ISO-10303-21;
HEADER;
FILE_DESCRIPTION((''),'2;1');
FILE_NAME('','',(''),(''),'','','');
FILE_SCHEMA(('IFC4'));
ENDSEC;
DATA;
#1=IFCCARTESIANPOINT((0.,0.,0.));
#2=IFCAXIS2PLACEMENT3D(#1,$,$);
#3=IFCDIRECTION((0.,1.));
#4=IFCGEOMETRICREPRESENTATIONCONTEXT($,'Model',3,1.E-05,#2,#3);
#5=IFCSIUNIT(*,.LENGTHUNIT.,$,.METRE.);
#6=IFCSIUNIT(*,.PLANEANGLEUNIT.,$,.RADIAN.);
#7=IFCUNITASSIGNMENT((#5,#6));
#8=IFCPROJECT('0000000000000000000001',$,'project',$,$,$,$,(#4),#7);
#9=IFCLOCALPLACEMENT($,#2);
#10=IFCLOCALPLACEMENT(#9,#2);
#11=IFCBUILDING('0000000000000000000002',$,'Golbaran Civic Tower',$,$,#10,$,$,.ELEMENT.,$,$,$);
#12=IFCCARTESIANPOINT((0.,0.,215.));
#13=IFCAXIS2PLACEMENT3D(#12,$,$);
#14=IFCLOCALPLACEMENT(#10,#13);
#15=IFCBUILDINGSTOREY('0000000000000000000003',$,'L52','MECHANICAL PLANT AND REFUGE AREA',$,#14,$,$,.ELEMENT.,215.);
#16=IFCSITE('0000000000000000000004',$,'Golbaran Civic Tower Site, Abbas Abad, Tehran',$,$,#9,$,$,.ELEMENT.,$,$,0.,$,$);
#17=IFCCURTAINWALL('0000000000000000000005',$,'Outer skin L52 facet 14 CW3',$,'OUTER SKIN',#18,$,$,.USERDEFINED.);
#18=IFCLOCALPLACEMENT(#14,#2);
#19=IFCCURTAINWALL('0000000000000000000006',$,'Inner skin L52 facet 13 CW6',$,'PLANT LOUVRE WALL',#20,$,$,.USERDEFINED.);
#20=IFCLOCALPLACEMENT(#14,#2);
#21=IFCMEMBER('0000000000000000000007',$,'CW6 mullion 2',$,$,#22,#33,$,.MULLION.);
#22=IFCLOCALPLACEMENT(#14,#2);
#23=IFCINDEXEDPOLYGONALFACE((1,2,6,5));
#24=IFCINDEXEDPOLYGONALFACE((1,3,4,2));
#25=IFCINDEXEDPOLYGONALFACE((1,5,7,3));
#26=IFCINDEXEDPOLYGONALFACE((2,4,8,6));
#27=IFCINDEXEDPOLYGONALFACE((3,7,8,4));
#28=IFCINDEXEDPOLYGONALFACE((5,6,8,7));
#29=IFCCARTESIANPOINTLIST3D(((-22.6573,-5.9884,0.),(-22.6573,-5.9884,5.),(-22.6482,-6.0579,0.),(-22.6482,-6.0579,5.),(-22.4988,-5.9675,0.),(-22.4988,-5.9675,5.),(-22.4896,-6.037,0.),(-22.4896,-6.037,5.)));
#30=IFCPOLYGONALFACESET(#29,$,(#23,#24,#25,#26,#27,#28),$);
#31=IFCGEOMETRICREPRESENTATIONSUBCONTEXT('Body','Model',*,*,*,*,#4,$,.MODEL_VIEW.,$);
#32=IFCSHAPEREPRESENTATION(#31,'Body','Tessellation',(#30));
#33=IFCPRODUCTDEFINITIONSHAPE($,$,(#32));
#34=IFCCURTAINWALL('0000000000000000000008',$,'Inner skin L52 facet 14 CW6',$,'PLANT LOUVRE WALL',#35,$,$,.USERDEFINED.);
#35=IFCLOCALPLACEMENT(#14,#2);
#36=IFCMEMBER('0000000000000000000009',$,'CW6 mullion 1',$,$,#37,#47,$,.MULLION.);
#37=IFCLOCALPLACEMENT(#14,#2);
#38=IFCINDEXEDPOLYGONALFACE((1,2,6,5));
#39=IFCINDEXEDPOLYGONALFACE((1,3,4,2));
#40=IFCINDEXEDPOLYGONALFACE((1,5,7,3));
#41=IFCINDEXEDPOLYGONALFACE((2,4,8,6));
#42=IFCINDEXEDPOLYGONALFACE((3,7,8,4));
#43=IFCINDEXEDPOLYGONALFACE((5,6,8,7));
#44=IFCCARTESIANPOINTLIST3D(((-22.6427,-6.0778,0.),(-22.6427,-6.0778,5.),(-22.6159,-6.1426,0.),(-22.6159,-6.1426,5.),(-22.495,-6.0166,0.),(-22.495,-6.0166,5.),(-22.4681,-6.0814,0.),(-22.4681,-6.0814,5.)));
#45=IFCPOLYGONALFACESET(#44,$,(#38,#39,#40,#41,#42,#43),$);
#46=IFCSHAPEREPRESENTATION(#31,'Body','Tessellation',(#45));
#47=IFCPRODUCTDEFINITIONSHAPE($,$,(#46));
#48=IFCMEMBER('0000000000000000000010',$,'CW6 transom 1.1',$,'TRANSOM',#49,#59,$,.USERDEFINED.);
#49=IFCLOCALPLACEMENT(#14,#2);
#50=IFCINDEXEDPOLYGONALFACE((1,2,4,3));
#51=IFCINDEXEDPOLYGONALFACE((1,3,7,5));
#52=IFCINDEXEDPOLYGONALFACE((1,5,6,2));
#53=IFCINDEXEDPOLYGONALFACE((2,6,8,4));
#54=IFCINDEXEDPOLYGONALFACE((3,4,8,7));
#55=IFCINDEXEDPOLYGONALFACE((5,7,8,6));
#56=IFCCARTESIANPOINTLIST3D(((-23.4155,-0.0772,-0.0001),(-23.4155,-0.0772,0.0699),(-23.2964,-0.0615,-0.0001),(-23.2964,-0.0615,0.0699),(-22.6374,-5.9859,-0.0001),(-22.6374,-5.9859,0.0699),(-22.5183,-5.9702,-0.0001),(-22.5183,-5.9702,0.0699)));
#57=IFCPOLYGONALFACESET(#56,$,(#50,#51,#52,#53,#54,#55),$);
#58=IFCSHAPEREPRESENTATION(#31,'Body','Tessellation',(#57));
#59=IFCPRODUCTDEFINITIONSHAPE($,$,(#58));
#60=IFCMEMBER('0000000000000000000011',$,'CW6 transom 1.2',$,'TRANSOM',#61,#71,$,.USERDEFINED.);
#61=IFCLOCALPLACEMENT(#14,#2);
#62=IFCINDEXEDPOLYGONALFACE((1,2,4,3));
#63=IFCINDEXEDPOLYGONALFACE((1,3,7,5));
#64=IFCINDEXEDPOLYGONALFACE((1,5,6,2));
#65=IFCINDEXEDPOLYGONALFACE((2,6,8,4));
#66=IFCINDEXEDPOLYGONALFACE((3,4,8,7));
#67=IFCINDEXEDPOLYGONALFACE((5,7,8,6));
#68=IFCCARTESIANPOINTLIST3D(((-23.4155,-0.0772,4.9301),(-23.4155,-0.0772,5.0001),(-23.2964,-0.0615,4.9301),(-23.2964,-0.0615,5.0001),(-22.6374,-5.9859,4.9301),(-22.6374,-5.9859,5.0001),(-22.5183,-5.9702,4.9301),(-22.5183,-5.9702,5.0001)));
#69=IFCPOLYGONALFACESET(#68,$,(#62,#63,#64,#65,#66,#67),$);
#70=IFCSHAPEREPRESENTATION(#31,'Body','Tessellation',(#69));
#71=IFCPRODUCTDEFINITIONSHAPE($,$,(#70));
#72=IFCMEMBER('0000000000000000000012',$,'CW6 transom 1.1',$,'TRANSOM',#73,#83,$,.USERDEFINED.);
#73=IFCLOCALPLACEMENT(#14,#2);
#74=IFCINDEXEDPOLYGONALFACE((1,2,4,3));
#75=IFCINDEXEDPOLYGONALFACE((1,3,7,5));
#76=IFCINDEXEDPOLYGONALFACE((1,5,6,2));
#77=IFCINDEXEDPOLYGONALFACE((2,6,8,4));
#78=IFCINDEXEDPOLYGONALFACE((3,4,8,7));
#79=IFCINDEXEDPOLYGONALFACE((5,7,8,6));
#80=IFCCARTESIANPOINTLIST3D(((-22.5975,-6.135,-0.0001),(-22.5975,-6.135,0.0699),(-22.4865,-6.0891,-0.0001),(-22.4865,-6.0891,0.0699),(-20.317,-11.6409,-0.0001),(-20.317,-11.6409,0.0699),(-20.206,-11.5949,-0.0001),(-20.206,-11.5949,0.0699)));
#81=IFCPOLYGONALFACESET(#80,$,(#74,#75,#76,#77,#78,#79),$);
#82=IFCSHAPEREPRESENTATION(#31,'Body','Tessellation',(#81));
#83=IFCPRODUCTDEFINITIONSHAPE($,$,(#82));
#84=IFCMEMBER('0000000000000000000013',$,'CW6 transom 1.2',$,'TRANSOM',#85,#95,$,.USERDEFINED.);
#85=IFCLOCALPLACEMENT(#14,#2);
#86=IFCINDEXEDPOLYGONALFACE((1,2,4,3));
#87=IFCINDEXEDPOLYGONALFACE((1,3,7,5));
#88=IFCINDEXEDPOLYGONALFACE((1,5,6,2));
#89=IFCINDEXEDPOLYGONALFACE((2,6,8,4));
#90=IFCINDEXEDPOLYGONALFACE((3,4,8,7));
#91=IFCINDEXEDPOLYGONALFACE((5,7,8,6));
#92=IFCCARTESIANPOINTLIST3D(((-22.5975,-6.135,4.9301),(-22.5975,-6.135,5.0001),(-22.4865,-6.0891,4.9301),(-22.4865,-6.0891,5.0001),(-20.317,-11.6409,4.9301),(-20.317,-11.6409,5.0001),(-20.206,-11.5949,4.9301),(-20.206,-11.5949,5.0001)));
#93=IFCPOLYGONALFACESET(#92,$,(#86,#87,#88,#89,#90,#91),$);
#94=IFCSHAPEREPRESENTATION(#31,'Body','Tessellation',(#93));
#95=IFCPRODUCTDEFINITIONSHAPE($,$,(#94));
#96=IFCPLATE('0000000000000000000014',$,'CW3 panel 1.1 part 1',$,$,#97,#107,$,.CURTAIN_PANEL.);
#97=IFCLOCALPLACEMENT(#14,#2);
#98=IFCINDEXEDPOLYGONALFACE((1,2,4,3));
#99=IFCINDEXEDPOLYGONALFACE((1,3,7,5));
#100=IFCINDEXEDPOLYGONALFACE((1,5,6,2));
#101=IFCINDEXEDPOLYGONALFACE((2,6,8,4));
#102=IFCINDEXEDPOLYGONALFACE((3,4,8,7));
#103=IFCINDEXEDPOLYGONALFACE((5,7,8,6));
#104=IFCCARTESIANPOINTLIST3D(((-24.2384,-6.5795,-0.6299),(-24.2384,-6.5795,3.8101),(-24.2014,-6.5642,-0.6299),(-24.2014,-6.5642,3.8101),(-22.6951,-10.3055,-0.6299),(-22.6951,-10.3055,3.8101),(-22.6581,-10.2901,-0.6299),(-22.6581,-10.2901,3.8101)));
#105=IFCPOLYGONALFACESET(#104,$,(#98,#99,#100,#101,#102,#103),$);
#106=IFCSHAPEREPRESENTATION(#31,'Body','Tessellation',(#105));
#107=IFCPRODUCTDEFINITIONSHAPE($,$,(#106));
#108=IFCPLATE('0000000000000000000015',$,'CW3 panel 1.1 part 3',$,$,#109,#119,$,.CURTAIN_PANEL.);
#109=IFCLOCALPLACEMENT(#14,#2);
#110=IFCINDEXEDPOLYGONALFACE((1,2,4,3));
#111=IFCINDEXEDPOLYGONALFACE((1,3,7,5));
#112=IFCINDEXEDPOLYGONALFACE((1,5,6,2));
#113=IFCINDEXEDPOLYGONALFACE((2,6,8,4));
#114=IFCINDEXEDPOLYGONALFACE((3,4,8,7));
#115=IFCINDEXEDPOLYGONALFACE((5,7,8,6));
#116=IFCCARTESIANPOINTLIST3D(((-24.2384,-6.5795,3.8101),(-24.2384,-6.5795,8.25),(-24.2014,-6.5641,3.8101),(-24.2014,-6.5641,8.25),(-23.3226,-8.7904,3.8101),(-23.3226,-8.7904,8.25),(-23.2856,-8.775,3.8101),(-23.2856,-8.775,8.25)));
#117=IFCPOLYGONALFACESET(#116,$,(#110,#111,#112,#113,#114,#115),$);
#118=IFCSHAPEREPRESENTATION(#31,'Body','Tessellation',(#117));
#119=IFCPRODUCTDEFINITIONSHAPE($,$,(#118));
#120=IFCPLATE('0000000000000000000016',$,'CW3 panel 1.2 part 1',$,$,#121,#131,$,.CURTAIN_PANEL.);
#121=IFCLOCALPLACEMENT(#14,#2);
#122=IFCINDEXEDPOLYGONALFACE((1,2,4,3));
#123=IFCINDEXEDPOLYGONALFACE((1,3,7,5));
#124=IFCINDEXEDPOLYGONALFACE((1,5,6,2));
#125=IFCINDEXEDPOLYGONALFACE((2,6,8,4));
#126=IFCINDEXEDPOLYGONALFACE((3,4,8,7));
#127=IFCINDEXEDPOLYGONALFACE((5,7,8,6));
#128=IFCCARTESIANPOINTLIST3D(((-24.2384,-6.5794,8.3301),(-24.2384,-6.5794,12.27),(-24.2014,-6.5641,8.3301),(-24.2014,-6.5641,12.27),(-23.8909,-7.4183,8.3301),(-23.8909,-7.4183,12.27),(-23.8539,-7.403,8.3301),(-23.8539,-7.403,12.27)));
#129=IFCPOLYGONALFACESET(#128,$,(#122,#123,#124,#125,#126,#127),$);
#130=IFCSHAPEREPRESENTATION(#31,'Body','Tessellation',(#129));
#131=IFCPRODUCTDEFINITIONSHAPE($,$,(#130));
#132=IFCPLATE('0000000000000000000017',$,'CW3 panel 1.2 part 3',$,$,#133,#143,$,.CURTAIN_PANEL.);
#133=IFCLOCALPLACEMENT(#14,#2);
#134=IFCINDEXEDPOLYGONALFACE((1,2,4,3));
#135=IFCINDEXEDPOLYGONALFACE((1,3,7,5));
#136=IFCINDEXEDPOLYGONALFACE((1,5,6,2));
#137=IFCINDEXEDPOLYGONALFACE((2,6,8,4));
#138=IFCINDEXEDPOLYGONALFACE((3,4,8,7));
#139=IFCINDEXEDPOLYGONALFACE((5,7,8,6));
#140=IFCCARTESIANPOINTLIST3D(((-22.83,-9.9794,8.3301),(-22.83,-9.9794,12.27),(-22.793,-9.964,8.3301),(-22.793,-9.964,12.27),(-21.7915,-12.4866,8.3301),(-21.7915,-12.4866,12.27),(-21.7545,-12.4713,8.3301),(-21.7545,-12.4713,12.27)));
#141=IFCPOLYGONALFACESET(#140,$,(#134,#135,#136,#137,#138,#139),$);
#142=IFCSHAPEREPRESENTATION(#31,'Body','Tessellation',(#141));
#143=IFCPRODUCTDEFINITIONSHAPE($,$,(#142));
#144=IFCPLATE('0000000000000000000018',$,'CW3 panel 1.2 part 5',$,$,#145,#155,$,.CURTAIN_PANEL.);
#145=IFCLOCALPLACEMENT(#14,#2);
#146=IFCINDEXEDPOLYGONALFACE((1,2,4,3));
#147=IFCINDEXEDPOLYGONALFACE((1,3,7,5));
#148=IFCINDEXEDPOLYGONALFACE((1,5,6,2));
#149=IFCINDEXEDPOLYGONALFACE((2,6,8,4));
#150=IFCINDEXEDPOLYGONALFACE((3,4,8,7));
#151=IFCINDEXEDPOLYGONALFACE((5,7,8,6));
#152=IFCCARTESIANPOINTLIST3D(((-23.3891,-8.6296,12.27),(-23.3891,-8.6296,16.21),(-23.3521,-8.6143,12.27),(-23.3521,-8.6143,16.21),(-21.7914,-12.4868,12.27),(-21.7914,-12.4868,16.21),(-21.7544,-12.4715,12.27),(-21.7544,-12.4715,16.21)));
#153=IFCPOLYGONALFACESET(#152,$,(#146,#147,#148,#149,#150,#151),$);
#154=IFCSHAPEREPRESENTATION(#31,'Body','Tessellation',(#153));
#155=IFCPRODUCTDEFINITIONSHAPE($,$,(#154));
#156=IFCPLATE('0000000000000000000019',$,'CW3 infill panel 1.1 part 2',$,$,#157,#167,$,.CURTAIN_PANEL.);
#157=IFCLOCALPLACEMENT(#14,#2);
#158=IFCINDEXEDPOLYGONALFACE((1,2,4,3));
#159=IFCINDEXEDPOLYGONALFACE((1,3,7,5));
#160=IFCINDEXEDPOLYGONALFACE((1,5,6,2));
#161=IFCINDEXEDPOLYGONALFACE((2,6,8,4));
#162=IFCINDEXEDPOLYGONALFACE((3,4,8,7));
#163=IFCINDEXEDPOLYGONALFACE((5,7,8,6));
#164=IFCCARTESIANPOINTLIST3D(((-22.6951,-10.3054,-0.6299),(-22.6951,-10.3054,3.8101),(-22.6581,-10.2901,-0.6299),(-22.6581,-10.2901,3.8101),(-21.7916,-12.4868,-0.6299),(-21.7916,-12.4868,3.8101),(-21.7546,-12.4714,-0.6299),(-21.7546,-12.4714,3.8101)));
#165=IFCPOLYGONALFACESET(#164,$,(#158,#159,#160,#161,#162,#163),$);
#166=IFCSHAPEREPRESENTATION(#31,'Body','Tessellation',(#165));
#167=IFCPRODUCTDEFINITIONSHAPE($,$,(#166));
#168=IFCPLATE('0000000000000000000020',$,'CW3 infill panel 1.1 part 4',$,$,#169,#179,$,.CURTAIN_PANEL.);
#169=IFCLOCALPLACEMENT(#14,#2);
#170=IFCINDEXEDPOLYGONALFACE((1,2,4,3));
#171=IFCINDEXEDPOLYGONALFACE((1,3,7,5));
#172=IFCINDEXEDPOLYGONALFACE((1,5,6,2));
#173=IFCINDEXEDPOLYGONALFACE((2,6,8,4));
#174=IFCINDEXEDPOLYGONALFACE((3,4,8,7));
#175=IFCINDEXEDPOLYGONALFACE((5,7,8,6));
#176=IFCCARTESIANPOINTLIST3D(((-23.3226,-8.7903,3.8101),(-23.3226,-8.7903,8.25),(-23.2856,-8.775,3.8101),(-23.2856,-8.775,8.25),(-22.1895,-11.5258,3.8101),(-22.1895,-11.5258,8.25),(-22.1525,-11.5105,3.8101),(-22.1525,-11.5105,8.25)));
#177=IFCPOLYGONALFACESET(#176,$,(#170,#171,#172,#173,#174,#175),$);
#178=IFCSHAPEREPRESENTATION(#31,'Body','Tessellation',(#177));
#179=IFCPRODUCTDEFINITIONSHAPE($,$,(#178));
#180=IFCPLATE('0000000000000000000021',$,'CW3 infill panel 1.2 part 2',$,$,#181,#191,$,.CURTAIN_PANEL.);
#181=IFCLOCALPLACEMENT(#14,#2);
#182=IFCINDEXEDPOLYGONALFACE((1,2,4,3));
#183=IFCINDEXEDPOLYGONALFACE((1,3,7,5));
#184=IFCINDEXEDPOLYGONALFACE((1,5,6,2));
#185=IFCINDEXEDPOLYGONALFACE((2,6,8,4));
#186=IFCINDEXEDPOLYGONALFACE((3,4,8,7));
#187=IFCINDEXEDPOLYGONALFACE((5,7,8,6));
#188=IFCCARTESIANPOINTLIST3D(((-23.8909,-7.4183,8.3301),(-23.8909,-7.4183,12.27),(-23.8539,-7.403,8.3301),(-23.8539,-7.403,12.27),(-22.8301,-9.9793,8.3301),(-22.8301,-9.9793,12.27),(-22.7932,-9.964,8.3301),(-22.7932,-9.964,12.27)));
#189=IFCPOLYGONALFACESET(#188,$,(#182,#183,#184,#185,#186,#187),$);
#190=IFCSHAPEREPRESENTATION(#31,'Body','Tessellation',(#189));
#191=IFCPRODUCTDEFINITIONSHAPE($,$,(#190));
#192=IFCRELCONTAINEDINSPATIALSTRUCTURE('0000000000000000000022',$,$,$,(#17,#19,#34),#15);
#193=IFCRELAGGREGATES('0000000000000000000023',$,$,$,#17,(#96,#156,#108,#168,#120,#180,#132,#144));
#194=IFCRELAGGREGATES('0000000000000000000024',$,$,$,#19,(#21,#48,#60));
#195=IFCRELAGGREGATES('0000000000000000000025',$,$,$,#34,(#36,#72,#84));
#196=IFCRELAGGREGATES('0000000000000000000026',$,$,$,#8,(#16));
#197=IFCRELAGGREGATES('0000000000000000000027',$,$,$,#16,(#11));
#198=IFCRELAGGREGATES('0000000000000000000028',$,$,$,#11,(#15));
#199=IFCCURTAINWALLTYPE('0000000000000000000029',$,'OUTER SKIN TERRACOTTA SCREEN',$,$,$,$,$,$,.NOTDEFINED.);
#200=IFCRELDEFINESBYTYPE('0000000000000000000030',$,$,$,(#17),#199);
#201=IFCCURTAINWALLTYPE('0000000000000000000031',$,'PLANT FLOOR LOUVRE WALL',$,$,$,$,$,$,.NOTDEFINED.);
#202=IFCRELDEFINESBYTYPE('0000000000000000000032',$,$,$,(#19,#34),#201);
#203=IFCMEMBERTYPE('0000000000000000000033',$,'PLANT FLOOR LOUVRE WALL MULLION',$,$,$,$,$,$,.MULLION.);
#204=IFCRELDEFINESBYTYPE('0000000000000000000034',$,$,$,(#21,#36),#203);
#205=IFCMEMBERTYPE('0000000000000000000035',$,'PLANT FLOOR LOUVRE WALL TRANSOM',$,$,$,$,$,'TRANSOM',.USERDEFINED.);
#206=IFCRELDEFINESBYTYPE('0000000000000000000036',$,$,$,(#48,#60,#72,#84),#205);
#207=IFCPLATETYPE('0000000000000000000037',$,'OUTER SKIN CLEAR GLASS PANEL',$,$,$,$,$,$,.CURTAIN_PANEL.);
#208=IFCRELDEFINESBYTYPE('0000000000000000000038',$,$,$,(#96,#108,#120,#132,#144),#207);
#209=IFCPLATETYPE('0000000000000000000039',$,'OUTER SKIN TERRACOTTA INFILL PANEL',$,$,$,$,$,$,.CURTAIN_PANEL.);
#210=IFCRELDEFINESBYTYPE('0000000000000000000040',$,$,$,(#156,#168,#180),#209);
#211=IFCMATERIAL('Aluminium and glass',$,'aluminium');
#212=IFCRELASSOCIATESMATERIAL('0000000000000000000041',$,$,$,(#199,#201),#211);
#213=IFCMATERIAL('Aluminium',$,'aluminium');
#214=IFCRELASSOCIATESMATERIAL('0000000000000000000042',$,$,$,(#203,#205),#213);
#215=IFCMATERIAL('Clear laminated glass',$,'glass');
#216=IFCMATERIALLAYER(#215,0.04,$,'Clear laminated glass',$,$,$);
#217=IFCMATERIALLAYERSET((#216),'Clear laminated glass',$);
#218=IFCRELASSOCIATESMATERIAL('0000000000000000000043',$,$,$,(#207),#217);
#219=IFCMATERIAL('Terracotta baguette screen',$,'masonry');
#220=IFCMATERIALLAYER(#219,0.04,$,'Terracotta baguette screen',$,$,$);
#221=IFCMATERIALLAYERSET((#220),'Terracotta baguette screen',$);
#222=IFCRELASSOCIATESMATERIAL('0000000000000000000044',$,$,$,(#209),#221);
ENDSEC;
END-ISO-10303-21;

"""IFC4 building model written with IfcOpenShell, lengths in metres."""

from ifc_helpers import new_model, si_unit, direction, frame, origin, origin_2d, place, context, subcontext, project, spatial, rectangle, extrude, material, layer, layer_set, material_profile, profile_set, type_object, element, aggregate, save


model = new_model("IFC4")

# Units and contexts
model_context = context("Model", 3, precision=1e-05, world=origin(), true_north=direction((0.0, 1.0)))
body_context = subcontext(model_context, "Body", "Model", "MODEL_VIEW")
ifc_project = project(units=[si_unit("LENGTHUNIT", "METRE"), si_unit("PLANEANGLEUNIT", "RADIAN")], contexts=[model_context])

# Site, building, storey
site_placement = place(None, origin())
site = spatial("IfcSite", under=ifc_project, at=site_placement, Name="Golbaran Civic Tower Site, Abbas Abad, Tehran", CompositionType="ELEMENT", RefElevation=0.0)
building_placement = place(site_placement, origin())
building = spatial("IfcBuilding", under=site, at=building_placement, Name="Golbaran Civic Tower", CompositionType="ELEMENT")
storey_placement = place(building_placement, frame((0.0, 0.0, 215.0)))
storey = spatial("IfcBuildingStorey", under=building, at=storey_placement, Name="L52", Description="MECHANICAL PLANT AND REFUGE AREA", CompositionType="ELEMENT", Elevation=215.0)

# Shared definitions
ifc_material_1 = material(Name="Aluminium and glass", Category="aluminium")
curtain_wall_type_1 = type_object("IfcCurtainWallType", Name="OUTER SKIN TERRACOTTA SCREEN", PredefinedType="NOTDEFINED", material=ifc_material_1)
ifc_material_2 = material(Name="Aluminium", Category="aluminium")

# Curtain wall
curtain_wall_1_placement = place(storey_placement, origin())
curtain_wall_1 = element("IfcCurtainWall", 1, at=curtain_wall_1_placement, inside=storey, type_object=curtain_wall_type_1, Name="Outer skin L52 facet 14 CW3", ObjectType="OUTER SKIN", PredefinedType="USERDEFINED")

# Curtain wall, member
curtain_wall_type_2 = type_object("IfcCurtainWallType", Name="PLANT FLOOR LOUVRE WALL", PredefinedType="NOTDEFINED", material=ifc_material_1)
curtain_wall_2_placement = place(storey_placement, origin())
curtain_wall_2 = element("IfcCurtainWall", 2, at=curtain_wall_2_placement, inside=storey, type_object=curtain_wall_type_2, Name="Inner skin L52 facet 13 CW6", ObjectType="PLANT LOUVRE WALL", PredefinedType="USERDEFINED")
ifc_material_profile_1 = material_profile(ifc_material_2, rectangle(XDim=0.1599, YDim=0.0701, at=origin_2d()), Name="PLANT FLOOR LOUVRE WALL MULLION")
ifc_profile_set_1 = profile_set([ifc_material_profile_1], Name="Aluminium")
member_type_1 = type_object("IfcMemberType", Name="PLANT FLOOR LOUVRE WALL MULLION", PredefinedType="MULLION", material=ifc_profile_set_1)
member_1_placement = place(storey_placement, frame((-22.5735, -6.0127, 0.0), z_axis=(0.0, 0.0, 1.0), x_axis=(0.991445, 0.130526, 0.0)))
member_1 = element("IfcMember", 3, at=member_1_placement, type_object=member_type_1, Name="CW6 mullion 2", PredefinedType="MULLION", context=body_context, shape_type="SweptSolid", body=[
    extrude(rectangle(XDim=0.1599, YDim=0.0701, at=origin_2d()), origin(), (0.0, 0.0, 1.0), 5.0),
])

# Curtain wall, member
curtain_wall_3_placement = place(storey_placement, origin())
curtain_wall_3 = element("IfcCurtainWall", 4, at=curtain_wall_3_placement, inside=storey, type_object=curtain_wall_type_2, Name="Inner skin L52 facet 14 CW6", ObjectType="PLANT LOUVRE WALL", PredefinedType="USERDEFINED")
member_2_placement = place(storey_placement, frame((-22.5554, -6.0796, 0.0), z_axis=(0.0, 0.0, 1.0), x_axis=(0.92388, 0.382683, 0.0)))
member_2 = element("IfcMember", 5, at=member_2_placement, type_object=member_type_1, Name="CW6 mullion 1", PredefinedType="MULLION", context=body_context, shape_type="SweptSolid", body=[
    extrude(rectangle(XDim=0.1599, YDim=0.0701, at=origin_2d()), origin(), (0.0, 0.0, 1.0), 5.0),
])

# Members
ifc_material_profile_2 = material_profile(ifc_material_2, rectangle(XDim=0.1201, YDim=0.0701, at=origin_2d()), Name="PLANT FLOOR LOUVRE WALL TRANSOM")
ifc_profile_set_2 = profile_set([ifc_material_profile_2], Name="Aluminium")
member_type_2 = type_object("IfcMemberType", Name="PLANT FLOOR LOUVRE WALL TRANSOM", ElementType="TRANSOM", PredefinedType="USERDEFINED", material=ifc_profile_set_2)
member_3_placement = place(storey_placement, frame((-23.356, -0.0693, 0.0349), z_axis=(0.130556, -0.991441, 0.0), x_axis=(0.991441, 0.130556, 0.0)))
member_3 = element("IfcMember", 6, at=member_3_placement, type_object=member_type_2, Name="CW6 transom 1.1", ObjectType="TRANSOM", PredefinedType="USERDEFINED", context=body_context, shape_type="SweptSolid", body=[
    extrude(rectangle(XDim=0.1201, YDim=0.0701, at=origin_2d()), origin(), (0.0, 0.0, 1.0), 5.9597),
])
member_4_placement = place(storey_placement, frame((-23.356, -0.0693, 4.9651), z_axis=(0.130556, -0.991441, 0.0), x_axis=(0.991441, 0.130556, 0.0)))
member_4 = element("IfcMember", 7, at=member_4_placement, type_object=member_type_2, Name="CW6 transom 1.2", ObjectType="TRANSOM", PredefinedType="USERDEFINED", context=body_context, shape_type="SweptSolid", body=[
    extrude(rectangle(XDim=0.1201, YDim=0.0701, at=origin_2d()), origin(), (0.0, 0.0, 1.0), 5.9597),
])
member_5_placement = place(storey_placement, frame((-22.542, -6.1121, 0.0349), z_axis=(0.382671, -0.923885, 0.0), x_axis=(0.923885, 0.382671, 0.0)))
member_5 = element("IfcMember", 8, at=member_5_placement, type_object=member_type_2, Name="CW6 transom 1.1", ObjectType="TRANSOM", PredefinedType="USERDEFINED", context=body_context, shape_type="SweptSolid", body=[
    extrude(rectangle(XDim=0.1201, YDim=0.0701, at=origin_2d()), origin(), (0.0, 0.0, 1.0), 5.9595),
])
member_6_placement = place(storey_placement, frame((-22.542, -6.1121, 4.9651), z_axis=(0.382671, -0.923885, 0.0), x_axis=(0.923885, 0.382671, 0.0)))
member_6 = element("IfcMember", 9, at=member_6_placement, type_object=member_type_2, Name="CW6 transom 1.2", ObjectType="TRANSOM", PredefinedType="USERDEFINED", context=body_context, shape_type="SweptSolid", body=[
    extrude(rectangle(XDim=0.1201, YDim=0.0701, at=origin_2d()), origin(), (0.0, 0.0, 1.0), 5.9595),
])

# Plates
ifc_material_3 = material(Name="Clear laminated glass", Category="glass")
ifc_layer_1 = layer(ifc_material_3, 0.04, Name="Clear laminated glass")
ifc_layer_set_1 = layer_set([ifc_layer_1], Name="Clear laminated glass")
plate_type_1 = type_object("IfcPlateType", Name="OUTER SKIN CLEAR GLASS PANEL", PredefinedType="CURTAIN_PANEL", material=ifc_layer_set_1)
plate_1_placement = place(storey_placement, frame((-23.4482, -8.4348, -0.6299), z_axis=(0.0, 0.0, 1.0), x_axis=(0.382683, -0.92388, 0.0)))
plate_1 = element("IfcPlate", 10, at=plate_1_placement, type_object=plate_type_1, Name="CW3 panel 1.1 part 1", PredefinedType="CURTAIN_PANEL", context=body_context, shape_type="SweptSolid", body=[
    extrude(rectangle(XDim=4.033, YDim=0.04, at=origin_2d()), origin(), (0.0, 0.0, 1.0), 4.4399),
])
plate_2_placement = place(storey_placement, frame((-23.762, -7.6772, 3.8101), z_axis=(0.0, 0.0, 1.0), x_axis=(0.382683, -0.92388, 0.0)))
plate_2 = element("IfcPlate", 11, at=plate_2_placement, type_object=plate_type_1, Name="CW3 panel 1.1 part 3", PredefinedType="CURTAIN_PANEL", context=body_context, shape_type="SweptSolid", body=[
    extrude(rectangle(XDim=2.3931, YDim=0.04, at=origin_2d()), origin(), (0.0, 0.0, 1.0), 4.4399),
])
plate_3_placement = place(storey_placement, frame((-24.0461, -6.9912, 8.3301), z_axis=(0.0, 0.0, 1.0), x_axis=(0.382683, -0.92388, 0.0)))
plate_3 = element("IfcPlate", 12, at=plate_3_placement, type_object=plate_type_1, Name="CW3 panel 1.2 part 1", PredefinedType="CURTAIN_PANEL", context=body_context, shape_type="SweptSolid", body=[
    extrude(rectangle(XDim=0.908, YDim=0.04, at=origin_2d()), origin(), (0.0, 0.0, 1.0), 3.9399),
])
plate_4_placement = place(storey_placement, frame((-22.2922, -11.2253, 8.3301), z_axis=(0.0, 0.0, 1.0), x_axis=(0.382683, -0.92388, 0.0)))
plate_4 = element("IfcPlate", 13, at=plate_4_placement, type_object=plate_type_1, Name="CW3 panel 1.2 part 3", PredefinedType="CURTAIN_PANEL", context=body_context, shape_type="SweptSolid", body=[
    extrude(rectangle(XDim=2.7139, YDim=0.04, at=origin_2d()), origin(), (0.0, 0.0, 1.0), 3.9399),
])
plate_5_placement = place(storey_placement, frame((-22.5718, -10.5505, 12.27), z_axis=(0.0, 0.0, 1.0), x_axis=(0.382683, -0.92388, 0.0)))
plate_5 = element("IfcPlate", 14, at=plate_5_placement, type_object=plate_type_1, Name="CW3 panel 1.2 part 5", PredefinedType="CURTAIN_PANEL", context=body_context, shape_type="SweptSolid", body=[
    extrude(rectangle(XDim=4.175, YDim=0.04, at=origin_2d()), origin(), (0.0, 0.0, 1.0), 3.9399),
])
ifc_material_4 = material(Name="Terracotta baguette screen", Category="masonry")
ifc_layer_2 = layer(ifc_material_4, 0.04, Name="Terracotta baguette screen")
ifc_layer_set_2 = layer_set([ifc_layer_2], Name="Terracotta baguette screen")
plate_type_2 = type_object("IfcPlateType", Name="OUTER SKIN TERRACOTTA INFILL PANEL", PredefinedType="CURTAIN_PANEL", material=ifc_layer_set_2)
plate_6_placement = place(storey_placement, frame((-22.2249, -11.3884, -0.6299), z_axis=(0.0, 0.0, 1.0), x_axis=(0.382683, -0.92388, 0.0)))
plate_6 = element("IfcPlate", 15, at=plate_6_placement, type_object=plate_type_2, Name="CW3 infill panel 1.1 part 2", PredefinedType="CURTAIN_PANEL", context=body_context, shape_type="SweptSolid", body=[
    extrude(rectangle(XDim=2.3611, YDim=0.04, at=origin_2d()), origin(), (0.0, 0.0, 1.0), 4.4399),
])
plate_7_placement = place(storey_placement, frame((-22.7375, -10.1504, 3.8101), z_axis=(0.0, 0.0, 1.0), x_axis=(0.382683, -0.92388, 0.0)))
plate_7 = element("IfcPlate", 16, at=plate_7_placement, type_object=plate_type_2, Name="CW3 infill panel 1.1 part 4", PredefinedType="CURTAIN_PANEL", context=body_context, shape_type="SweptSolid", body=[
    extrude(rectangle(XDim=2.9609, YDim=0.04, at=origin_2d()), origin(), (0.0, 0.0, 1.0), 4.4399),
])
plate_8_placement = place(storey_placement, frame((-23.342, -8.6912, 8.3301), z_axis=(0.0, 0.0, 1.0), x_axis=(0.382683, -0.92388, 0.0)))
plate_8 = element("IfcPlate", 17, at=plate_8_placement, type_object=plate_type_2, Name="CW3 infill panel 1.2 part 2", PredefinedType="CURTAIN_PANEL", context=body_context, shape_type="SweptSolid", body=[
    extrude(rectangle(XDim=2.772, YDim=0.04, at=origin_2d()), origin(), (0.0, 0.0, 1.0), 3.9399),
])
aggregate(curtain_wall_1, [plate_1, plate_6, plate_2, plate_7, plate_3, plate_8, plate_4, plate_5])
aggregate(curtain_wall_2, [member_1, member_3, member_4])
aggregate(curtain_wall_3, [member_2, member_5, member_6])

save(model, "model.ifc")
